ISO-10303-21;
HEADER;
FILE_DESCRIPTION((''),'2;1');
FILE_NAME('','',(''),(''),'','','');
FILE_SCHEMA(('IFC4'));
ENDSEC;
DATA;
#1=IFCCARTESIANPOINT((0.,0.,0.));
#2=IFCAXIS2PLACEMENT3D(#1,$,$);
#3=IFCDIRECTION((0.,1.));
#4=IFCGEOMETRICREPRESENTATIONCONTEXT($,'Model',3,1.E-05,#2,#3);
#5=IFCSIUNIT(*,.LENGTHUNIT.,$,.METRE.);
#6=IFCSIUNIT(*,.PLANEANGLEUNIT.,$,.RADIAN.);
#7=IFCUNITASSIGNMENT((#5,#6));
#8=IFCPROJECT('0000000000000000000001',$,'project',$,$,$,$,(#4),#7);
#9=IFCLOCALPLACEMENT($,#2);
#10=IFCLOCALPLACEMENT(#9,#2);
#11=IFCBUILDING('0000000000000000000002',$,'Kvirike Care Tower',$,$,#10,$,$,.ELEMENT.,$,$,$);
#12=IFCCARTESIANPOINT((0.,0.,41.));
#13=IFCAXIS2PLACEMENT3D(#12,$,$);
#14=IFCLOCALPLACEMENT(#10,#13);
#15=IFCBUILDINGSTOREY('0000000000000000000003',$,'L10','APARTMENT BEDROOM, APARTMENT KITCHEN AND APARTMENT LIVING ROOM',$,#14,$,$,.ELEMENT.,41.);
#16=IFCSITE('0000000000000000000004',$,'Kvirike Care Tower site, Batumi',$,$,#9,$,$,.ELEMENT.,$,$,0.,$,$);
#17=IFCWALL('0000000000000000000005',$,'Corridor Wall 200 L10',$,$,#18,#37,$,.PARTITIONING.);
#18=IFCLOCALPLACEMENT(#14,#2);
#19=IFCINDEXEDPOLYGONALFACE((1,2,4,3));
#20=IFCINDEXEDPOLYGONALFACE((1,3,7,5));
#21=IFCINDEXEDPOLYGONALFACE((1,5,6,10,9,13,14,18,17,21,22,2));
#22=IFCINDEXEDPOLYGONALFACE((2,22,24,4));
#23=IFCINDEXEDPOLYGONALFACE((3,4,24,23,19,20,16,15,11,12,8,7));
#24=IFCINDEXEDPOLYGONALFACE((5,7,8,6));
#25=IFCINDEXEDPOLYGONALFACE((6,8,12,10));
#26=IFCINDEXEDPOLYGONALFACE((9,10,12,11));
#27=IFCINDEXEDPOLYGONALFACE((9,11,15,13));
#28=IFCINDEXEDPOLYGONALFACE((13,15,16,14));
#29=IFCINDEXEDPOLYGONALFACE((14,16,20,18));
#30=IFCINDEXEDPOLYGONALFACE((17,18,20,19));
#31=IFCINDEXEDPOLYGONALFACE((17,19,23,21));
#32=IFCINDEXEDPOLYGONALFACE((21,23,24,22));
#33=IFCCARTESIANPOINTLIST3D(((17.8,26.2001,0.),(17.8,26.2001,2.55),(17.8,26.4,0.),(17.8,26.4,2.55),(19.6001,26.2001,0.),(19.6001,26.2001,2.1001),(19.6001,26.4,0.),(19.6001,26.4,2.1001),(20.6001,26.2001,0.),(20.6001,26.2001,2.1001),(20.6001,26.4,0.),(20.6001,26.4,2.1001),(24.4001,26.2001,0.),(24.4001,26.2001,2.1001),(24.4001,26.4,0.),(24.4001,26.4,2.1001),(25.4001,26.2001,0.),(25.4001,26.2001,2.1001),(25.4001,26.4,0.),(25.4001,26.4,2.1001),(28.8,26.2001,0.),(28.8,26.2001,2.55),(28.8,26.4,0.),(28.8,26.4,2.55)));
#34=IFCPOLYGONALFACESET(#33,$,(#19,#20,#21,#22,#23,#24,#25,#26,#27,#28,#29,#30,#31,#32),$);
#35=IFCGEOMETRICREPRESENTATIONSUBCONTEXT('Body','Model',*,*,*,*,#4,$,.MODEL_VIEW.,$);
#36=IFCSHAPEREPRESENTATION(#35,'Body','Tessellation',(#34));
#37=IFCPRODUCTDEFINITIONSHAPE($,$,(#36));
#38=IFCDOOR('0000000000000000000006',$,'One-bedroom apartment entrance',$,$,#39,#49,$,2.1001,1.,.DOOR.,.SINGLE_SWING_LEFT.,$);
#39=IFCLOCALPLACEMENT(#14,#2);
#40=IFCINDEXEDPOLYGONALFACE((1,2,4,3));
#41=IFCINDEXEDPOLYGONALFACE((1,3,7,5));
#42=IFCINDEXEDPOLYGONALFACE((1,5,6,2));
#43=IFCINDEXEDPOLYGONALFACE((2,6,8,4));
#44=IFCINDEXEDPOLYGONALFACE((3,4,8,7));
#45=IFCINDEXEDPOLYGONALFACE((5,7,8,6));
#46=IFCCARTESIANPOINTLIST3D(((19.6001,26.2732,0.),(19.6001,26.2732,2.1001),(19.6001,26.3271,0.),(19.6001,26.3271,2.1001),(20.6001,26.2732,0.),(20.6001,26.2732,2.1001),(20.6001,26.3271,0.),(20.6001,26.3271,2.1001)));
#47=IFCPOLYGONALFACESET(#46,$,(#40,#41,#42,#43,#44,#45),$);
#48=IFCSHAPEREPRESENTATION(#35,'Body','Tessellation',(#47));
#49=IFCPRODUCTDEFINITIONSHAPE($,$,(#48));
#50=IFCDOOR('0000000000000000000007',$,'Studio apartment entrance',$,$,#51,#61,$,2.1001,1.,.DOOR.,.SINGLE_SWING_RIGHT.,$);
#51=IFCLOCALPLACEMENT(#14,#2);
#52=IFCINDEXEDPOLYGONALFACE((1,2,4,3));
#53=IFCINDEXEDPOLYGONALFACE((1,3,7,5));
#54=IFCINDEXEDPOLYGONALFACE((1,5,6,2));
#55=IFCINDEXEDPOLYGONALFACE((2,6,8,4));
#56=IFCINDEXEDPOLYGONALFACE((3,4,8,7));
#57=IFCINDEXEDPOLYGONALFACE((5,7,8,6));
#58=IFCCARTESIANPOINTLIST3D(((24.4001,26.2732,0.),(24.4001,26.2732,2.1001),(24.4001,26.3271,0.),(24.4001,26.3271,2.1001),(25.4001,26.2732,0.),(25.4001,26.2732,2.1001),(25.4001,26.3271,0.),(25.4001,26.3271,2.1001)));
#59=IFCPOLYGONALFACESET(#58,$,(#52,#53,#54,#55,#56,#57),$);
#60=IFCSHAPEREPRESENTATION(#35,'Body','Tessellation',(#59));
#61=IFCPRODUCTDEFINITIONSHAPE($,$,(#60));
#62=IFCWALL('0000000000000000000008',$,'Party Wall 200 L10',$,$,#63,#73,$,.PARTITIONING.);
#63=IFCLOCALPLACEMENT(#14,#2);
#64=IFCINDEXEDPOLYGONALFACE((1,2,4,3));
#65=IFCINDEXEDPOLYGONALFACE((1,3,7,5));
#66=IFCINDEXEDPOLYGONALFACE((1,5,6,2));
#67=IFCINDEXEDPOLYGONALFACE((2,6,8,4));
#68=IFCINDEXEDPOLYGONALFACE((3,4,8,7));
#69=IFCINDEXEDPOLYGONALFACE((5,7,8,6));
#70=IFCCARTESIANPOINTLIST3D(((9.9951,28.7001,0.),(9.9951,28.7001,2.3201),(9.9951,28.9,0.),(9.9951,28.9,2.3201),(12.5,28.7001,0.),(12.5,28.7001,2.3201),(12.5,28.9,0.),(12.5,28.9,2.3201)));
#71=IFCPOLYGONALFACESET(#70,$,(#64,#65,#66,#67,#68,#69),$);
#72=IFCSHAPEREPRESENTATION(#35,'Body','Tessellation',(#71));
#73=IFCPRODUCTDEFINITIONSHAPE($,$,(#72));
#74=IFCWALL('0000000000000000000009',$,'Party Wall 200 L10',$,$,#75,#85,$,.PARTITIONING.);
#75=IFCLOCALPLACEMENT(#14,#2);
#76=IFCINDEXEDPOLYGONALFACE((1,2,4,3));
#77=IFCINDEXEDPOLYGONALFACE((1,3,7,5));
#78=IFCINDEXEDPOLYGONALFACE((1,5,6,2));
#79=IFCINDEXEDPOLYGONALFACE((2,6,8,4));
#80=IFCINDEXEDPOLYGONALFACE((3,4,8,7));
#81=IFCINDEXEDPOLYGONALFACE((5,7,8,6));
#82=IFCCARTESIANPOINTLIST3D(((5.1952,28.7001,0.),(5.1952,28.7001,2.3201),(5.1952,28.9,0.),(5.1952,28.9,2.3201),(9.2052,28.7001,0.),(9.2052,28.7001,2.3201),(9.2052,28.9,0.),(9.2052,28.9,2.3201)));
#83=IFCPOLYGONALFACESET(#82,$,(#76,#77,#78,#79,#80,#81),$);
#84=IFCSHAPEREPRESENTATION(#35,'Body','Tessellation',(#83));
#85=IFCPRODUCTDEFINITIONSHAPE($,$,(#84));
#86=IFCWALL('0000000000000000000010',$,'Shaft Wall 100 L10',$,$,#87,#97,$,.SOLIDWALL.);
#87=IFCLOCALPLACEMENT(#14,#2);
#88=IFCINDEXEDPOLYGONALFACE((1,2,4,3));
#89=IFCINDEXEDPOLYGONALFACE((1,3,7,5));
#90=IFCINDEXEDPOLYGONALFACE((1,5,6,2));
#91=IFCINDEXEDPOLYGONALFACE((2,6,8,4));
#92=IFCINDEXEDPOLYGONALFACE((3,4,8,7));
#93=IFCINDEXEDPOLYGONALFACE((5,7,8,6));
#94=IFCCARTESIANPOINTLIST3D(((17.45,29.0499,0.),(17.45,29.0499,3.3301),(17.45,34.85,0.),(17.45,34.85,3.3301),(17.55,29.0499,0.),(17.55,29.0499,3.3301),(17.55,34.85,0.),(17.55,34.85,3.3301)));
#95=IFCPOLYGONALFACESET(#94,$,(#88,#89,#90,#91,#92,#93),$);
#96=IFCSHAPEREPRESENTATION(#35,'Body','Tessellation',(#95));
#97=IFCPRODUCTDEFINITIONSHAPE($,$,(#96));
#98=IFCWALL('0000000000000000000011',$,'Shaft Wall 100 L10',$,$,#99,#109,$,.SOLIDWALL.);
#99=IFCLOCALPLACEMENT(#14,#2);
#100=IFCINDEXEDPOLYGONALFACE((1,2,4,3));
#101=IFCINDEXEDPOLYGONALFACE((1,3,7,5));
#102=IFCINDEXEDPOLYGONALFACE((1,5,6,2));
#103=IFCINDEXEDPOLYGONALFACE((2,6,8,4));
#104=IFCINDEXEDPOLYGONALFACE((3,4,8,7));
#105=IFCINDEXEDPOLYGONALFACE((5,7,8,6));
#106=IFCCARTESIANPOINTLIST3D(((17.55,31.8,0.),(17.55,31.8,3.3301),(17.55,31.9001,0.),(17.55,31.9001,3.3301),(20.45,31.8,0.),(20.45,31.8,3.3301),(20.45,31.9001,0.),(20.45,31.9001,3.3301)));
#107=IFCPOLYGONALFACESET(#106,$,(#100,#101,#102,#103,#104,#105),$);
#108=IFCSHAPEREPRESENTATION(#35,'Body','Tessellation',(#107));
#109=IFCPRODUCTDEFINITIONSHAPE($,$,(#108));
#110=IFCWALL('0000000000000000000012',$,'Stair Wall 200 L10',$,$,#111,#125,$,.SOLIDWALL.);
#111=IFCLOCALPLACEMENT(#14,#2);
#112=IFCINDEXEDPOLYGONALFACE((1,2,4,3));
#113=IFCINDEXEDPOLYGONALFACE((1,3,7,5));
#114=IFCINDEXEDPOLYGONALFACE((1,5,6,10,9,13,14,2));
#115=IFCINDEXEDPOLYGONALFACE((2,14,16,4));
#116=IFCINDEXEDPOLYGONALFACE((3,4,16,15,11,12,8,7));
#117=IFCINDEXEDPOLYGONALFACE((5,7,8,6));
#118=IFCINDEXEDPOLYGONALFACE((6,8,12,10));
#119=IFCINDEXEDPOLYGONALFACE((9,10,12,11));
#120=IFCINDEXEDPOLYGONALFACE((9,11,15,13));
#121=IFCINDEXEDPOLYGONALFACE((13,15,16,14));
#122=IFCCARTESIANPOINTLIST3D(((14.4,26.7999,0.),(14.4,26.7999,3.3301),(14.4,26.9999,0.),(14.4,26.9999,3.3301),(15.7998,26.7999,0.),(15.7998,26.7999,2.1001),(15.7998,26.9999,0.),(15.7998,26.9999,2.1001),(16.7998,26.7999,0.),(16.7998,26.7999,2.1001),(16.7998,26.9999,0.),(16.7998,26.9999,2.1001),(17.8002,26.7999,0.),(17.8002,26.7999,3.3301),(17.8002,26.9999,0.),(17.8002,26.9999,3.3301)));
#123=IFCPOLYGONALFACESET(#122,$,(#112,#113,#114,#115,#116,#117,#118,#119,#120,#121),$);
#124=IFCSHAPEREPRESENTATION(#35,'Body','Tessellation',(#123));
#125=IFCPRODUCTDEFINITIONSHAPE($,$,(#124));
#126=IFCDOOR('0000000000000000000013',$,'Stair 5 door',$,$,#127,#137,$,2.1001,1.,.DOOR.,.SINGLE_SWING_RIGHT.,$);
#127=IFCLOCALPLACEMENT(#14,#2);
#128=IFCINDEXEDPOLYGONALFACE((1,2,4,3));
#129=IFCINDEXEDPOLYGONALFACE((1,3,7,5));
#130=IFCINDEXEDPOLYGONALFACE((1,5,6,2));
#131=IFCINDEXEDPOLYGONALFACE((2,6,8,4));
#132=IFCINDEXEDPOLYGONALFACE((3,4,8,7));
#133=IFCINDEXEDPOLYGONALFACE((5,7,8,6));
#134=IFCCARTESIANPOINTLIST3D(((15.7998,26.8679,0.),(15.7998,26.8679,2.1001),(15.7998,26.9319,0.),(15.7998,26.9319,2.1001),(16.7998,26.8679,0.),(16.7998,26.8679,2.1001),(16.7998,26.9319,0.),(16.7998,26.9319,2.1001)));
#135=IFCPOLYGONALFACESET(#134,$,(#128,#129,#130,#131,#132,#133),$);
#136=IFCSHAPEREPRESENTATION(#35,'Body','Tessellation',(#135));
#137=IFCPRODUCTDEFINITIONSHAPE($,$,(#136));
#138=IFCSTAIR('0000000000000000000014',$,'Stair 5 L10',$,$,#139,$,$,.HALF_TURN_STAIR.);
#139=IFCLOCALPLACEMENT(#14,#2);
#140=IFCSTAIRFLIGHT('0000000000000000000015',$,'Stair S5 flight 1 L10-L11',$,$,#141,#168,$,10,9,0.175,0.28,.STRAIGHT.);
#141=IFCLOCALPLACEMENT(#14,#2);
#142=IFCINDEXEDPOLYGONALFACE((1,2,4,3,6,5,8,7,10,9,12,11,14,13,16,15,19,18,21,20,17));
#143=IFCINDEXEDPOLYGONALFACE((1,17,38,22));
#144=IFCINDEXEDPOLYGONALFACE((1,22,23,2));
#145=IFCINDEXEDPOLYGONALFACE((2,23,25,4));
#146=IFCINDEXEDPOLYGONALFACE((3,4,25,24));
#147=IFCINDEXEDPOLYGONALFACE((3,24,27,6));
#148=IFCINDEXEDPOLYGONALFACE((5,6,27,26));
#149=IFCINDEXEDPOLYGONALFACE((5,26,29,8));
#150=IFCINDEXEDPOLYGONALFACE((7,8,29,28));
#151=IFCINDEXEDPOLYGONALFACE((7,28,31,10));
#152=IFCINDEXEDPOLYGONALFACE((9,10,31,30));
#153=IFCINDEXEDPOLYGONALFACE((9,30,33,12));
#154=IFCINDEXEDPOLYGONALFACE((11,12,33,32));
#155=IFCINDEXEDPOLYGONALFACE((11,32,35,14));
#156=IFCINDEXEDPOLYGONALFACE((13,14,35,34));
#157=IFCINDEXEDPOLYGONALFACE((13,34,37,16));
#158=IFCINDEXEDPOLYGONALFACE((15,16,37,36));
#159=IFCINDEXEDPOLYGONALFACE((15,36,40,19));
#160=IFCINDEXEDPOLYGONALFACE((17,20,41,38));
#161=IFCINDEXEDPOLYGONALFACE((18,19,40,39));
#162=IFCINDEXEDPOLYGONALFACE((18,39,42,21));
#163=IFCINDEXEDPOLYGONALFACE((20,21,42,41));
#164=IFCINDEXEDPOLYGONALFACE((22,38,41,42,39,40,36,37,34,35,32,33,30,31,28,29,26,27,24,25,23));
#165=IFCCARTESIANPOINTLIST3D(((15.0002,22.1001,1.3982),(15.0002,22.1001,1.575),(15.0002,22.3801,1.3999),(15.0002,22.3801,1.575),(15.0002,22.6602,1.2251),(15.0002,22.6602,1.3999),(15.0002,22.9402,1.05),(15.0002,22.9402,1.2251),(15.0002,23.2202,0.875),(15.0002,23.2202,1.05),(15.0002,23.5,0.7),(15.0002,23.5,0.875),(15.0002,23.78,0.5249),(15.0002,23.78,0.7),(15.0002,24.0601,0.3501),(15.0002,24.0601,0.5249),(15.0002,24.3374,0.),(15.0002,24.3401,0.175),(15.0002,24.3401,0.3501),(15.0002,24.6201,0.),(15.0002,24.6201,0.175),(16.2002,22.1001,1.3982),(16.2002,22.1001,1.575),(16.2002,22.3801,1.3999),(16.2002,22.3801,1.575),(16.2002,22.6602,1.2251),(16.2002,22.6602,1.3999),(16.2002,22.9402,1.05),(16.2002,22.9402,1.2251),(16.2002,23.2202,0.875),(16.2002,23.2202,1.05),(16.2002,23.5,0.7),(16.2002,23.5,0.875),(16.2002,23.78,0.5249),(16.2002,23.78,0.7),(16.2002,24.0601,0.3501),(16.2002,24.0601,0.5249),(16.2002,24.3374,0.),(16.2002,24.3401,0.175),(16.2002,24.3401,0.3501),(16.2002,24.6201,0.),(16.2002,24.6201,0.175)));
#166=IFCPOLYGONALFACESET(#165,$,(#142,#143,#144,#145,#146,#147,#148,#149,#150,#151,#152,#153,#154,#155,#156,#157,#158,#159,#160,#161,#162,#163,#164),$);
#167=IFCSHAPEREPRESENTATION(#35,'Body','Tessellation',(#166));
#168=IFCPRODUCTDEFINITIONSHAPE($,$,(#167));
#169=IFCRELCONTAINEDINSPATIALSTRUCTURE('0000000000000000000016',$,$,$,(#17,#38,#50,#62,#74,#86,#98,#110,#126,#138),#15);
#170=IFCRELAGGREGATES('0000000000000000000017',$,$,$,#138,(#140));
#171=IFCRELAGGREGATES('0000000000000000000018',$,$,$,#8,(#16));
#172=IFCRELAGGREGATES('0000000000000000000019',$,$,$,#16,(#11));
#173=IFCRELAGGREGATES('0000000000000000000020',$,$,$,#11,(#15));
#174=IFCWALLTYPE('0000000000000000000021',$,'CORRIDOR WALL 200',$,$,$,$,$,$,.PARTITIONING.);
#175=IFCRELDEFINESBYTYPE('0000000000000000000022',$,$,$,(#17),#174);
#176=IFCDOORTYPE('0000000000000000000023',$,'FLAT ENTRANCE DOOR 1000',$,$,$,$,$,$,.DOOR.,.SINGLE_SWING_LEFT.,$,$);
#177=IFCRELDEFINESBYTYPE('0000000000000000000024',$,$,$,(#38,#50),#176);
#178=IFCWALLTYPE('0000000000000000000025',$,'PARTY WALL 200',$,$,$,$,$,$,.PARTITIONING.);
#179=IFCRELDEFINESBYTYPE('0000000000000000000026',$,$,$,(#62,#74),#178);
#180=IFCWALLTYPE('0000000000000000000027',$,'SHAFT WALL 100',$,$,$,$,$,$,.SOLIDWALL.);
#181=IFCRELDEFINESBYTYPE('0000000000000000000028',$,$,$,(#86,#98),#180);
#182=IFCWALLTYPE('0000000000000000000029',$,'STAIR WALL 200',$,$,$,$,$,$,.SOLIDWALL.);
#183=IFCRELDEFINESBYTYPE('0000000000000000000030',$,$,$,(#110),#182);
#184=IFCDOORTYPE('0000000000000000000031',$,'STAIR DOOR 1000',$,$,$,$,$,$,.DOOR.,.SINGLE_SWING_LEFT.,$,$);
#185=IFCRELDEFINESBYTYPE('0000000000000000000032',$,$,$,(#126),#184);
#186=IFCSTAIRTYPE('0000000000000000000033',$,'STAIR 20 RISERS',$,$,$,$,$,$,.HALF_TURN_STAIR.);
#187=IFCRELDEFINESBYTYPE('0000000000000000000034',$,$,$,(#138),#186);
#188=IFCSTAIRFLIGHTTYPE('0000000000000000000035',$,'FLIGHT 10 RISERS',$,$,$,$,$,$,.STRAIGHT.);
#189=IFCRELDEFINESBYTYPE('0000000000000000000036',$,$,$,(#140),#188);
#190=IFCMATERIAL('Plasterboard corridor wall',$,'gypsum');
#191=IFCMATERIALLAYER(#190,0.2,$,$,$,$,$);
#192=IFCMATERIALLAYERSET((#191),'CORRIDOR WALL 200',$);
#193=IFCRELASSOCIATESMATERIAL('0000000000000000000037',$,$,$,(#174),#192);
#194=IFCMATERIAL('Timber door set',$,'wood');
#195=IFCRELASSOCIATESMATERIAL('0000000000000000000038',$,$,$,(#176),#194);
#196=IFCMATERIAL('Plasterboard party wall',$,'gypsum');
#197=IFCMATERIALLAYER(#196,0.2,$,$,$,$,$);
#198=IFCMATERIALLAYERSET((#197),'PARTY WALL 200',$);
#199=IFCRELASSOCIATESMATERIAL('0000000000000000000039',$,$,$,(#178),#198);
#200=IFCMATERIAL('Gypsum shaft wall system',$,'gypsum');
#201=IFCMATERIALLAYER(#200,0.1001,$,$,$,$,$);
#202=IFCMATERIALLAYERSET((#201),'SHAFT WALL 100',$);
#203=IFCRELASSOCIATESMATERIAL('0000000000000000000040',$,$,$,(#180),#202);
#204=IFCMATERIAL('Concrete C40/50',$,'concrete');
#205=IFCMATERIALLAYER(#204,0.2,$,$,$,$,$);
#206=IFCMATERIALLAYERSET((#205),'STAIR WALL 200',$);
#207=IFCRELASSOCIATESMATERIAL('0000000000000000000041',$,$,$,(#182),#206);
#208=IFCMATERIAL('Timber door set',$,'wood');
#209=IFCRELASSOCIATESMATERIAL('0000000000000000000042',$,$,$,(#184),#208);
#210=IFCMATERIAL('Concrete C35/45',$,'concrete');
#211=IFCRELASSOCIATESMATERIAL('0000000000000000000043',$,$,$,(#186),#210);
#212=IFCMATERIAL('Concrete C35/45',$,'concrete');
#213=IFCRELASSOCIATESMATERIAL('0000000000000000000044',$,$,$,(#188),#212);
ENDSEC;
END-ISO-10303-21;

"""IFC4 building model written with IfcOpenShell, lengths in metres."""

from ifc_helpers import new_model, si_unit, direction, frame, frame_2d, origin, place, context, subcontext, project, spatial, polyline, rectangle, outline, extrude, material, layer, layer_set, type_object, element, fill, aggregate, save


model = new_model("IFC4")

# Units and contexts
model_context = context("Model", 3, precision=1e-05, world=origin(), true_north=direction((0.0, 1.0)))
body_context = subcontext(model_context, "Body", "Model", "MODEL_VIEW")
ifc_project = project(units=[si_unit("LENGTHUNIT", "METRE"), si_unit("PLANEANGLEUNIT", "RADIAN")], contexts=[model_context])

# Site, building, storey
site_placement = place(None, origin())
site = spatial("IfcSite", under=ifc_project, at=site_placement, Name="Kvirike Care Tower site, Batumi", CompositionType="ELEMENT", RefElevation=0.0)
building_placement = place(site_placement, origin())
building = spatial("IfcBuilding", under=site, at=building_placement, Name="Kvirike Care Tower", CompositionType="ELEMENT")
storey_placement = place(building_placement, frame((0.0, 0.0, 41.0)))
storey = spatial("IfcBuildingStorey", under=building, at=storey_placement, Name="L10", Description="APARTMENT BEDROOM, APARTMENT KITCHEN AND APARTMENT LIVING ROOM", CompositionType="ELEMENT", Elevation=41.0)

# Wall, openings, doors
ifc_material_1 = material(Name="Plasterboard corridor wall", Category="gypsum")
ifc_layer_1 = layer(ifc_material_1, 0.2)
ifc_layer_set_1 = layer_set([ifc_layer_1], Name="CORRIDOR WALL 200")
wall_type_1 = type_object("IfcWallType", Name="CORRIDOR WALL 200", PredefinedType="PARTITIONING", material=ifc_layer_set_1)
wall_1_placement = place(storey_placement, frame((17.8, 26.3, 0.0), z_axis=(0.0, 0.0, 1.0), x_axis=(1.0, 0.0, 0.0)))
wall_1 = element("IfcWall", 1, at=wall_1_placement, inside=storey, type_object=wall_type_1, Name="Corridor Wall 200 L10", PredefinedType="PARTITIONING", context=body_context, shape_type="SweptSolid", body=[
    extrude(rectangle(XDim=11.0, YDim=0.2, at=frame_2d((5.5, 0.0))), origin(), (0.0, 0.0, 1.0), 2.55),
])
opening_1_placement = place(wall_1_placement, frame((1.8, 0.0, 0.0)))
opening_1 = element("IfcOpeningElement", 2, at=opening_1_placement, cuts=wall_1, PredefinedType="OPENING", context=body_context, shape_type="SweptSolid", body=[
    extrude(rectangle(XDim=1.0, YDim=2.1001, at=frame_2d((0.5, 1.05))), frame((0.0, 0.1106, 0.0), z_axis=(0.0, -1.0, 0.0), x_axis=(1.0, 0.0, 0.0)), (0.0, 0.0, 1.0), 0.2209),
])
opening_2_placement = place(wall_1_placement, frame((6.6001, 0.0, 0.0)))
opening_2 = element("IfcOpeningElement", 3, at=opening_2_placement, cuts=wall_1, PredefinedType="OPENING", context=body_context, shape_type="SweptSolid", body=[
    extrude(rectangle(XDim=1.0, YDim=2.1001, at=frame_2d((0.5, 1.05))), frame((0.0, 0.1106, 0.0), z_axis=(0.0, -1.0, 0.0), x_axis=(1.0, 0.0, 0.0)), (0.0, 0.0, 1.0), 0.2209),
])
ifc_material_2 = material(Name="Timber door set", Category="wood")
door_type_1 = type_object("IfcDoorType", Name="FLAT ENTRANCE DOOR 1000", OperationType="SINGLE_SWING_LEFT", PredefinedType="DOOR", material=ifc_material_2)
door_1_placement = place(opening_1_placement, frame((1.0, 0.0, 0.0), z_axis=(0.0, 0.0, 1.0), x_axis=(-1.0, 0.0, 0.0)))
door_1 = element("IfcDoor", 4, at=door_1_placement, inside=storey, type_object=door_type_1, Name="One-bedroom apartment entrance", OperationType="SINGLE_SWING_LEFT", OverallHeight=2.1001, OverallWidth=1.0, PredefinedType="DOOR", context=body_context, shape_type="SweptSolid", body=[
    extrude(rectangle(XDim=1.0, YDim=2.1001, at=frame_2d((0.5, 1.05))), frame((0.0, 0.0269, 0.0), z_axis=(0.0, -1.0, 0.0), x_axis=(1.0, 0.0, 0.0)), (0.0, 0.0, 1.0), 0.054),
])
fill(opening_1, door_1)
door_2_placement = place(opening_2_placement, frame((1.0, 0.0, 0.0), z_axis=(0.0, 0.0, 1.0), x_axis=(-1.0, 0.0, 0.0)))
door_2 = element("IfcDoor", 5, at=door_2_placement, inside=storey, type_object=door_type_1, Name="Studio apartment entrance", OperationType="SINGLE_SWING_RIGHT", OverallHeight=2.1001, OverallWidth=1.0, PredefinedType="DOOR", context=body_context, shape_type="SweptSolid", body=[
    extrude(rectangle(XDim=1.0, YDim=2.1001, at=frame_2d((0.5, 1.05))), frame((0.0, 0.0269, 0.0), z_axis=(0.0, -1.0, 0.0), x_axis=(1.0, 0.0, 0.0)), (0.0, 0.0, 1.0), 0.054),
])
fill(opening_2, door_2)

# Walls
ifc_material_3 = material(Name="Plasterboard party wall", Category="gypsum")
ifc_layer_2 = layer(ifc_material_3, 0.2)
ifc_layer_set_2 = layer_set([ifc_layer_2], Name="PARTY WALL 200")
wall_type_2 = type_object("IfcWallType", Name="PARTY WALL 200", PredefinedType="PARTITIONING", material=ifc_layer_set_2)
wall_2_placement = place(storey_placement, frame((12.5, 28.8, 0.0), z_axis=(0.0, 0.0, 1.0), x_axis=(-1.0, 0.0, 0.0)))
element("IfcWall", 6, at=wall_2_placement, inside=storey, type_object=wall_type_2, Name="Party Wall 200 L10", PredefinedType="PARTITIONING", context=body_context, shape_type="SweptSolid", body=[
    extrude(rectangle(XDim=2.5049, YDim=0.2, at=frame_2d((1.2524, 0.0))), origin(), (0.0, 0.0, 1.0), 2.3201),
])
wall_3_placement = place(storey_placement, frame((9.2051, 28.8, 0.0), z_axis=(0.0, 0.0, 1.0), x_axis=(-1.0, 0.0, 0.0)))
element("IfcWall", 7, at=wall_3_placement, inside=storey, type_object=wall_type_2, Name="Party Wall 200 L10", PredefinedType="PARTITIONING", context=body_context, shape_type="SweptSolid", body=[
    extrude(rectangle(XDim=4.01, YDim=0.2, at=frame_2d((2.0049, 0.0))), origin(), (0.0, 0.0, 1.0), 2.3201),
])
ifc_material_4 = material(Name="Gypsum shaft wall system", Category="gypsum")
ifc_layer_3 = layer(ifc_material_4, 0.1001)
ifc_layer_set_3 = layer_set([ifc_layer_3], Name="SHAFT WALL 100")
wall_type_3 = type_object("IfcWallType", Name="SHAFT WALL 100", PredefinedType="SOLIDWALL", material=ifc_layer_set_3)
wall_4_placement = place(storey_placement, frame((17.5, 29.05, 0.0), z_axis=(0.0, 0.0, 1.0), x_axis=(0.0, 1.0, 0.0)))
element("IfcWall", 8, at=wall_4_placement, inside=storey, type_object=wall_type_3, Name="Shaft Wall 100 L10", PredefinedType="SOLIDWALL", context=body_context, shape_type="SweptSolid", body=[
    extrude(rectangle(XDim=5.8, YDim=0.1001, at=frame_2d((2.8999, 0.0))), origin(), (0.0, 0.0, 1.0), 3.3301),
])
wall_5_placement = place(storey_placement, frame((17.55, 31.8501, 0.0), z_axis=(0.0, 0.0, 1.0), x_axis=(1.0, 0.0, 0.0)))
element("IfcWall", 9, at=wall_5_placement, inside=storey, type_object=wall_type_3, Name="Shaft Wall 100 L10", PredefinedType="SOLIDWALL", context=body_context, shape_type="SweptSolid", body=[
    extrude(rectangle(XDim=2.8999, YDim=0.1001, at=frame_2d((1.45, 0.0))), origin(), (0.0, 0.0, 1.0), 3.3301),
])

# Wall, opening, door
ifc_material_5 = material(Name="Concrete C40/50", Category="concrete")
ifc_layer_4 = layer(ifc_material_5, 0.2)
ifc_layer_set_4 = layer_set([ifc_layer_4], Name="STAIR WALL 200")
wall_type_4 = type_object("IfcWallType", Name="STAIR WALL 200", PredefinedType="SOLIDWALL", material=ifc_layer_set_4)
wall_6_placement = place(storey_placement, frame((14.3999, 26.8999, 0.0), z_axis=(0.0, 0.0, 1.0), x_axis=(1.0, 0.0, 0.0)))
wall_6 = element("IfcWall", 10, at=wall_6_placement, inside=storey, type_object=wall_type_4, Name="Stair Wall 200 L10", PredefinedType="SOLIDWALL", context=body_context, shape_type="SweptSolid", body=[
    extrude(rectangle(XDim=3.4001, YDim=0.2, at=frame_2d((1.7002, 0.0))), origin(), (0.0, 0.0, 1.0), 3.3301),
])
opening_3_placement = place(wall_6_placement, frame((1.3999, 0.0, 0.0)))
opening_3 = element("IfcOpeningElement", 11, at=opening_3_placement, cuts=wall_6, PredefinedType="OPENING", context=body_context, shape_type="SweptSolid", body=[
    extrude(rectangle(XDim=1.0, YDim=2.1001, at=frame_2d((0.5, 1.05))), frame((0.0, 0.1106, 0.0), z_axis=(0.0, -1.0, 0.0), x_axis=(1.0, 0.0, 0.0)), (0.0, 0.0, 1.0), 0.2209),
])
ifc_material_6 = material(Name="Timber door set", Category="wood")
door_type_2 = type_object("IfcDoorType", Name="STAIR DOOR 1000", OperationType="SINGLE_SWING_LEFT", PredefinedType="DOOR", material=ifc_material_6)
door_3_placement = place(opening_3_placement, frame((1.0, 0.0, 0.0), z_axis=(0.0, 0.0, 1.0), x_axis=(-1.0, 0.0, 0.0)))
door_3 = element("IfcDoor", 12, at=door_3_placement, inside=storey, type_object=door_type_2, Name="Stair 5 door", OperationType="SINGLE_SWING_RIGHT", OverallHeight=2.1001, OverallWidth=1.0, PredefinedType="DOOR", context=body_context, shape_type="SweptSolid", body=[
    extrude(rectangle(XDim=1.0, YDim=2.1001, at=frame_2d((0.5, 1.05))), frame((0.0, 0.032, 0.0), z_axis=(0.0, -1.0, 0.0), x_axis=(1.0, 0.0, 0.0)), (0.0, 0.0, 1.0), 0.064),
])
fill(opening_3, door_3)

# Stair, stair flight
ifc_material_7 = material(Name="Concrete C35/45", Category="concrete")
stair_type = type_object("IfcStairType", Name="STAIR 20 RISERS", PredefinedType="HALF_TURN_STAIR", material=ifc_material_7)
stair_placement = place(storey_placement, origin())
stair = element("IfcStair", 13, at=stair_placement, inside=storey, type_object=stair_type, Name="Stair 5 L10", PredefinedType="HALF_TURN_STAIR")
ifc_material_8 = material(Name="Concrete C35/45", Category="concrete")
stair_flight_type = type_object("IfcStairFlightType", Name="FLIGHT 10 RISERS", PredefinedType="STRAIGHT", material=ifc_material_8)
stair_flight_placement = place(storey_placement, frame((15.6001, 24.6201, 0.0), z_axis=(0.0, 0.0, 1.0), x_axis=(0.0, -1.0, 0.0)))
stair_flight = element("IfcStairFlight", 14, at=stair_flight_placement, type_object=stair_flight_type, Name="Stair S5 flight 1 L10-L11", NumberOfRisers=10, NumberOfTreads=9, PredefinedType="STRAIGHT", RiserHeight=0.175, TreadLength=0.28, context=body_context, shape_type="SweptSolid", body=[
    extrude(outline(polyline([(0.0, 0.0), (0.0, 0.175), (0.28, 0.175), (0.28, 0.3501), (0.5601, 0.3501), (0.5601, 0.5249), (0.8401, 0.5249), (0.8401, 0.7), (1.1201, 0.7), (1.1201, 0.875), (1.3999, 0.875), (1.3999, 1.05), (1.6799, 1.05), (1.6799, 1.2251), (1.96, 1.2251), (1.96, 1.3999), (2.24, 1.3999), (2.24, 1.575), (2.52, 1.575), (2.52, 1.75), (2.52, 1.3982), (0.2827, 0.0), (0.0, 0.0)])), frame((0.0, 0.6001, 0.0), z_axis=(0.0, -1.0, 0.0), x_axis=(1.0, 0.0, 0.0)), (0.0, 0.0, 1.0), 1.2),
])
aggregate(stair, [stair_flight])

save(model, "model.ifc")
